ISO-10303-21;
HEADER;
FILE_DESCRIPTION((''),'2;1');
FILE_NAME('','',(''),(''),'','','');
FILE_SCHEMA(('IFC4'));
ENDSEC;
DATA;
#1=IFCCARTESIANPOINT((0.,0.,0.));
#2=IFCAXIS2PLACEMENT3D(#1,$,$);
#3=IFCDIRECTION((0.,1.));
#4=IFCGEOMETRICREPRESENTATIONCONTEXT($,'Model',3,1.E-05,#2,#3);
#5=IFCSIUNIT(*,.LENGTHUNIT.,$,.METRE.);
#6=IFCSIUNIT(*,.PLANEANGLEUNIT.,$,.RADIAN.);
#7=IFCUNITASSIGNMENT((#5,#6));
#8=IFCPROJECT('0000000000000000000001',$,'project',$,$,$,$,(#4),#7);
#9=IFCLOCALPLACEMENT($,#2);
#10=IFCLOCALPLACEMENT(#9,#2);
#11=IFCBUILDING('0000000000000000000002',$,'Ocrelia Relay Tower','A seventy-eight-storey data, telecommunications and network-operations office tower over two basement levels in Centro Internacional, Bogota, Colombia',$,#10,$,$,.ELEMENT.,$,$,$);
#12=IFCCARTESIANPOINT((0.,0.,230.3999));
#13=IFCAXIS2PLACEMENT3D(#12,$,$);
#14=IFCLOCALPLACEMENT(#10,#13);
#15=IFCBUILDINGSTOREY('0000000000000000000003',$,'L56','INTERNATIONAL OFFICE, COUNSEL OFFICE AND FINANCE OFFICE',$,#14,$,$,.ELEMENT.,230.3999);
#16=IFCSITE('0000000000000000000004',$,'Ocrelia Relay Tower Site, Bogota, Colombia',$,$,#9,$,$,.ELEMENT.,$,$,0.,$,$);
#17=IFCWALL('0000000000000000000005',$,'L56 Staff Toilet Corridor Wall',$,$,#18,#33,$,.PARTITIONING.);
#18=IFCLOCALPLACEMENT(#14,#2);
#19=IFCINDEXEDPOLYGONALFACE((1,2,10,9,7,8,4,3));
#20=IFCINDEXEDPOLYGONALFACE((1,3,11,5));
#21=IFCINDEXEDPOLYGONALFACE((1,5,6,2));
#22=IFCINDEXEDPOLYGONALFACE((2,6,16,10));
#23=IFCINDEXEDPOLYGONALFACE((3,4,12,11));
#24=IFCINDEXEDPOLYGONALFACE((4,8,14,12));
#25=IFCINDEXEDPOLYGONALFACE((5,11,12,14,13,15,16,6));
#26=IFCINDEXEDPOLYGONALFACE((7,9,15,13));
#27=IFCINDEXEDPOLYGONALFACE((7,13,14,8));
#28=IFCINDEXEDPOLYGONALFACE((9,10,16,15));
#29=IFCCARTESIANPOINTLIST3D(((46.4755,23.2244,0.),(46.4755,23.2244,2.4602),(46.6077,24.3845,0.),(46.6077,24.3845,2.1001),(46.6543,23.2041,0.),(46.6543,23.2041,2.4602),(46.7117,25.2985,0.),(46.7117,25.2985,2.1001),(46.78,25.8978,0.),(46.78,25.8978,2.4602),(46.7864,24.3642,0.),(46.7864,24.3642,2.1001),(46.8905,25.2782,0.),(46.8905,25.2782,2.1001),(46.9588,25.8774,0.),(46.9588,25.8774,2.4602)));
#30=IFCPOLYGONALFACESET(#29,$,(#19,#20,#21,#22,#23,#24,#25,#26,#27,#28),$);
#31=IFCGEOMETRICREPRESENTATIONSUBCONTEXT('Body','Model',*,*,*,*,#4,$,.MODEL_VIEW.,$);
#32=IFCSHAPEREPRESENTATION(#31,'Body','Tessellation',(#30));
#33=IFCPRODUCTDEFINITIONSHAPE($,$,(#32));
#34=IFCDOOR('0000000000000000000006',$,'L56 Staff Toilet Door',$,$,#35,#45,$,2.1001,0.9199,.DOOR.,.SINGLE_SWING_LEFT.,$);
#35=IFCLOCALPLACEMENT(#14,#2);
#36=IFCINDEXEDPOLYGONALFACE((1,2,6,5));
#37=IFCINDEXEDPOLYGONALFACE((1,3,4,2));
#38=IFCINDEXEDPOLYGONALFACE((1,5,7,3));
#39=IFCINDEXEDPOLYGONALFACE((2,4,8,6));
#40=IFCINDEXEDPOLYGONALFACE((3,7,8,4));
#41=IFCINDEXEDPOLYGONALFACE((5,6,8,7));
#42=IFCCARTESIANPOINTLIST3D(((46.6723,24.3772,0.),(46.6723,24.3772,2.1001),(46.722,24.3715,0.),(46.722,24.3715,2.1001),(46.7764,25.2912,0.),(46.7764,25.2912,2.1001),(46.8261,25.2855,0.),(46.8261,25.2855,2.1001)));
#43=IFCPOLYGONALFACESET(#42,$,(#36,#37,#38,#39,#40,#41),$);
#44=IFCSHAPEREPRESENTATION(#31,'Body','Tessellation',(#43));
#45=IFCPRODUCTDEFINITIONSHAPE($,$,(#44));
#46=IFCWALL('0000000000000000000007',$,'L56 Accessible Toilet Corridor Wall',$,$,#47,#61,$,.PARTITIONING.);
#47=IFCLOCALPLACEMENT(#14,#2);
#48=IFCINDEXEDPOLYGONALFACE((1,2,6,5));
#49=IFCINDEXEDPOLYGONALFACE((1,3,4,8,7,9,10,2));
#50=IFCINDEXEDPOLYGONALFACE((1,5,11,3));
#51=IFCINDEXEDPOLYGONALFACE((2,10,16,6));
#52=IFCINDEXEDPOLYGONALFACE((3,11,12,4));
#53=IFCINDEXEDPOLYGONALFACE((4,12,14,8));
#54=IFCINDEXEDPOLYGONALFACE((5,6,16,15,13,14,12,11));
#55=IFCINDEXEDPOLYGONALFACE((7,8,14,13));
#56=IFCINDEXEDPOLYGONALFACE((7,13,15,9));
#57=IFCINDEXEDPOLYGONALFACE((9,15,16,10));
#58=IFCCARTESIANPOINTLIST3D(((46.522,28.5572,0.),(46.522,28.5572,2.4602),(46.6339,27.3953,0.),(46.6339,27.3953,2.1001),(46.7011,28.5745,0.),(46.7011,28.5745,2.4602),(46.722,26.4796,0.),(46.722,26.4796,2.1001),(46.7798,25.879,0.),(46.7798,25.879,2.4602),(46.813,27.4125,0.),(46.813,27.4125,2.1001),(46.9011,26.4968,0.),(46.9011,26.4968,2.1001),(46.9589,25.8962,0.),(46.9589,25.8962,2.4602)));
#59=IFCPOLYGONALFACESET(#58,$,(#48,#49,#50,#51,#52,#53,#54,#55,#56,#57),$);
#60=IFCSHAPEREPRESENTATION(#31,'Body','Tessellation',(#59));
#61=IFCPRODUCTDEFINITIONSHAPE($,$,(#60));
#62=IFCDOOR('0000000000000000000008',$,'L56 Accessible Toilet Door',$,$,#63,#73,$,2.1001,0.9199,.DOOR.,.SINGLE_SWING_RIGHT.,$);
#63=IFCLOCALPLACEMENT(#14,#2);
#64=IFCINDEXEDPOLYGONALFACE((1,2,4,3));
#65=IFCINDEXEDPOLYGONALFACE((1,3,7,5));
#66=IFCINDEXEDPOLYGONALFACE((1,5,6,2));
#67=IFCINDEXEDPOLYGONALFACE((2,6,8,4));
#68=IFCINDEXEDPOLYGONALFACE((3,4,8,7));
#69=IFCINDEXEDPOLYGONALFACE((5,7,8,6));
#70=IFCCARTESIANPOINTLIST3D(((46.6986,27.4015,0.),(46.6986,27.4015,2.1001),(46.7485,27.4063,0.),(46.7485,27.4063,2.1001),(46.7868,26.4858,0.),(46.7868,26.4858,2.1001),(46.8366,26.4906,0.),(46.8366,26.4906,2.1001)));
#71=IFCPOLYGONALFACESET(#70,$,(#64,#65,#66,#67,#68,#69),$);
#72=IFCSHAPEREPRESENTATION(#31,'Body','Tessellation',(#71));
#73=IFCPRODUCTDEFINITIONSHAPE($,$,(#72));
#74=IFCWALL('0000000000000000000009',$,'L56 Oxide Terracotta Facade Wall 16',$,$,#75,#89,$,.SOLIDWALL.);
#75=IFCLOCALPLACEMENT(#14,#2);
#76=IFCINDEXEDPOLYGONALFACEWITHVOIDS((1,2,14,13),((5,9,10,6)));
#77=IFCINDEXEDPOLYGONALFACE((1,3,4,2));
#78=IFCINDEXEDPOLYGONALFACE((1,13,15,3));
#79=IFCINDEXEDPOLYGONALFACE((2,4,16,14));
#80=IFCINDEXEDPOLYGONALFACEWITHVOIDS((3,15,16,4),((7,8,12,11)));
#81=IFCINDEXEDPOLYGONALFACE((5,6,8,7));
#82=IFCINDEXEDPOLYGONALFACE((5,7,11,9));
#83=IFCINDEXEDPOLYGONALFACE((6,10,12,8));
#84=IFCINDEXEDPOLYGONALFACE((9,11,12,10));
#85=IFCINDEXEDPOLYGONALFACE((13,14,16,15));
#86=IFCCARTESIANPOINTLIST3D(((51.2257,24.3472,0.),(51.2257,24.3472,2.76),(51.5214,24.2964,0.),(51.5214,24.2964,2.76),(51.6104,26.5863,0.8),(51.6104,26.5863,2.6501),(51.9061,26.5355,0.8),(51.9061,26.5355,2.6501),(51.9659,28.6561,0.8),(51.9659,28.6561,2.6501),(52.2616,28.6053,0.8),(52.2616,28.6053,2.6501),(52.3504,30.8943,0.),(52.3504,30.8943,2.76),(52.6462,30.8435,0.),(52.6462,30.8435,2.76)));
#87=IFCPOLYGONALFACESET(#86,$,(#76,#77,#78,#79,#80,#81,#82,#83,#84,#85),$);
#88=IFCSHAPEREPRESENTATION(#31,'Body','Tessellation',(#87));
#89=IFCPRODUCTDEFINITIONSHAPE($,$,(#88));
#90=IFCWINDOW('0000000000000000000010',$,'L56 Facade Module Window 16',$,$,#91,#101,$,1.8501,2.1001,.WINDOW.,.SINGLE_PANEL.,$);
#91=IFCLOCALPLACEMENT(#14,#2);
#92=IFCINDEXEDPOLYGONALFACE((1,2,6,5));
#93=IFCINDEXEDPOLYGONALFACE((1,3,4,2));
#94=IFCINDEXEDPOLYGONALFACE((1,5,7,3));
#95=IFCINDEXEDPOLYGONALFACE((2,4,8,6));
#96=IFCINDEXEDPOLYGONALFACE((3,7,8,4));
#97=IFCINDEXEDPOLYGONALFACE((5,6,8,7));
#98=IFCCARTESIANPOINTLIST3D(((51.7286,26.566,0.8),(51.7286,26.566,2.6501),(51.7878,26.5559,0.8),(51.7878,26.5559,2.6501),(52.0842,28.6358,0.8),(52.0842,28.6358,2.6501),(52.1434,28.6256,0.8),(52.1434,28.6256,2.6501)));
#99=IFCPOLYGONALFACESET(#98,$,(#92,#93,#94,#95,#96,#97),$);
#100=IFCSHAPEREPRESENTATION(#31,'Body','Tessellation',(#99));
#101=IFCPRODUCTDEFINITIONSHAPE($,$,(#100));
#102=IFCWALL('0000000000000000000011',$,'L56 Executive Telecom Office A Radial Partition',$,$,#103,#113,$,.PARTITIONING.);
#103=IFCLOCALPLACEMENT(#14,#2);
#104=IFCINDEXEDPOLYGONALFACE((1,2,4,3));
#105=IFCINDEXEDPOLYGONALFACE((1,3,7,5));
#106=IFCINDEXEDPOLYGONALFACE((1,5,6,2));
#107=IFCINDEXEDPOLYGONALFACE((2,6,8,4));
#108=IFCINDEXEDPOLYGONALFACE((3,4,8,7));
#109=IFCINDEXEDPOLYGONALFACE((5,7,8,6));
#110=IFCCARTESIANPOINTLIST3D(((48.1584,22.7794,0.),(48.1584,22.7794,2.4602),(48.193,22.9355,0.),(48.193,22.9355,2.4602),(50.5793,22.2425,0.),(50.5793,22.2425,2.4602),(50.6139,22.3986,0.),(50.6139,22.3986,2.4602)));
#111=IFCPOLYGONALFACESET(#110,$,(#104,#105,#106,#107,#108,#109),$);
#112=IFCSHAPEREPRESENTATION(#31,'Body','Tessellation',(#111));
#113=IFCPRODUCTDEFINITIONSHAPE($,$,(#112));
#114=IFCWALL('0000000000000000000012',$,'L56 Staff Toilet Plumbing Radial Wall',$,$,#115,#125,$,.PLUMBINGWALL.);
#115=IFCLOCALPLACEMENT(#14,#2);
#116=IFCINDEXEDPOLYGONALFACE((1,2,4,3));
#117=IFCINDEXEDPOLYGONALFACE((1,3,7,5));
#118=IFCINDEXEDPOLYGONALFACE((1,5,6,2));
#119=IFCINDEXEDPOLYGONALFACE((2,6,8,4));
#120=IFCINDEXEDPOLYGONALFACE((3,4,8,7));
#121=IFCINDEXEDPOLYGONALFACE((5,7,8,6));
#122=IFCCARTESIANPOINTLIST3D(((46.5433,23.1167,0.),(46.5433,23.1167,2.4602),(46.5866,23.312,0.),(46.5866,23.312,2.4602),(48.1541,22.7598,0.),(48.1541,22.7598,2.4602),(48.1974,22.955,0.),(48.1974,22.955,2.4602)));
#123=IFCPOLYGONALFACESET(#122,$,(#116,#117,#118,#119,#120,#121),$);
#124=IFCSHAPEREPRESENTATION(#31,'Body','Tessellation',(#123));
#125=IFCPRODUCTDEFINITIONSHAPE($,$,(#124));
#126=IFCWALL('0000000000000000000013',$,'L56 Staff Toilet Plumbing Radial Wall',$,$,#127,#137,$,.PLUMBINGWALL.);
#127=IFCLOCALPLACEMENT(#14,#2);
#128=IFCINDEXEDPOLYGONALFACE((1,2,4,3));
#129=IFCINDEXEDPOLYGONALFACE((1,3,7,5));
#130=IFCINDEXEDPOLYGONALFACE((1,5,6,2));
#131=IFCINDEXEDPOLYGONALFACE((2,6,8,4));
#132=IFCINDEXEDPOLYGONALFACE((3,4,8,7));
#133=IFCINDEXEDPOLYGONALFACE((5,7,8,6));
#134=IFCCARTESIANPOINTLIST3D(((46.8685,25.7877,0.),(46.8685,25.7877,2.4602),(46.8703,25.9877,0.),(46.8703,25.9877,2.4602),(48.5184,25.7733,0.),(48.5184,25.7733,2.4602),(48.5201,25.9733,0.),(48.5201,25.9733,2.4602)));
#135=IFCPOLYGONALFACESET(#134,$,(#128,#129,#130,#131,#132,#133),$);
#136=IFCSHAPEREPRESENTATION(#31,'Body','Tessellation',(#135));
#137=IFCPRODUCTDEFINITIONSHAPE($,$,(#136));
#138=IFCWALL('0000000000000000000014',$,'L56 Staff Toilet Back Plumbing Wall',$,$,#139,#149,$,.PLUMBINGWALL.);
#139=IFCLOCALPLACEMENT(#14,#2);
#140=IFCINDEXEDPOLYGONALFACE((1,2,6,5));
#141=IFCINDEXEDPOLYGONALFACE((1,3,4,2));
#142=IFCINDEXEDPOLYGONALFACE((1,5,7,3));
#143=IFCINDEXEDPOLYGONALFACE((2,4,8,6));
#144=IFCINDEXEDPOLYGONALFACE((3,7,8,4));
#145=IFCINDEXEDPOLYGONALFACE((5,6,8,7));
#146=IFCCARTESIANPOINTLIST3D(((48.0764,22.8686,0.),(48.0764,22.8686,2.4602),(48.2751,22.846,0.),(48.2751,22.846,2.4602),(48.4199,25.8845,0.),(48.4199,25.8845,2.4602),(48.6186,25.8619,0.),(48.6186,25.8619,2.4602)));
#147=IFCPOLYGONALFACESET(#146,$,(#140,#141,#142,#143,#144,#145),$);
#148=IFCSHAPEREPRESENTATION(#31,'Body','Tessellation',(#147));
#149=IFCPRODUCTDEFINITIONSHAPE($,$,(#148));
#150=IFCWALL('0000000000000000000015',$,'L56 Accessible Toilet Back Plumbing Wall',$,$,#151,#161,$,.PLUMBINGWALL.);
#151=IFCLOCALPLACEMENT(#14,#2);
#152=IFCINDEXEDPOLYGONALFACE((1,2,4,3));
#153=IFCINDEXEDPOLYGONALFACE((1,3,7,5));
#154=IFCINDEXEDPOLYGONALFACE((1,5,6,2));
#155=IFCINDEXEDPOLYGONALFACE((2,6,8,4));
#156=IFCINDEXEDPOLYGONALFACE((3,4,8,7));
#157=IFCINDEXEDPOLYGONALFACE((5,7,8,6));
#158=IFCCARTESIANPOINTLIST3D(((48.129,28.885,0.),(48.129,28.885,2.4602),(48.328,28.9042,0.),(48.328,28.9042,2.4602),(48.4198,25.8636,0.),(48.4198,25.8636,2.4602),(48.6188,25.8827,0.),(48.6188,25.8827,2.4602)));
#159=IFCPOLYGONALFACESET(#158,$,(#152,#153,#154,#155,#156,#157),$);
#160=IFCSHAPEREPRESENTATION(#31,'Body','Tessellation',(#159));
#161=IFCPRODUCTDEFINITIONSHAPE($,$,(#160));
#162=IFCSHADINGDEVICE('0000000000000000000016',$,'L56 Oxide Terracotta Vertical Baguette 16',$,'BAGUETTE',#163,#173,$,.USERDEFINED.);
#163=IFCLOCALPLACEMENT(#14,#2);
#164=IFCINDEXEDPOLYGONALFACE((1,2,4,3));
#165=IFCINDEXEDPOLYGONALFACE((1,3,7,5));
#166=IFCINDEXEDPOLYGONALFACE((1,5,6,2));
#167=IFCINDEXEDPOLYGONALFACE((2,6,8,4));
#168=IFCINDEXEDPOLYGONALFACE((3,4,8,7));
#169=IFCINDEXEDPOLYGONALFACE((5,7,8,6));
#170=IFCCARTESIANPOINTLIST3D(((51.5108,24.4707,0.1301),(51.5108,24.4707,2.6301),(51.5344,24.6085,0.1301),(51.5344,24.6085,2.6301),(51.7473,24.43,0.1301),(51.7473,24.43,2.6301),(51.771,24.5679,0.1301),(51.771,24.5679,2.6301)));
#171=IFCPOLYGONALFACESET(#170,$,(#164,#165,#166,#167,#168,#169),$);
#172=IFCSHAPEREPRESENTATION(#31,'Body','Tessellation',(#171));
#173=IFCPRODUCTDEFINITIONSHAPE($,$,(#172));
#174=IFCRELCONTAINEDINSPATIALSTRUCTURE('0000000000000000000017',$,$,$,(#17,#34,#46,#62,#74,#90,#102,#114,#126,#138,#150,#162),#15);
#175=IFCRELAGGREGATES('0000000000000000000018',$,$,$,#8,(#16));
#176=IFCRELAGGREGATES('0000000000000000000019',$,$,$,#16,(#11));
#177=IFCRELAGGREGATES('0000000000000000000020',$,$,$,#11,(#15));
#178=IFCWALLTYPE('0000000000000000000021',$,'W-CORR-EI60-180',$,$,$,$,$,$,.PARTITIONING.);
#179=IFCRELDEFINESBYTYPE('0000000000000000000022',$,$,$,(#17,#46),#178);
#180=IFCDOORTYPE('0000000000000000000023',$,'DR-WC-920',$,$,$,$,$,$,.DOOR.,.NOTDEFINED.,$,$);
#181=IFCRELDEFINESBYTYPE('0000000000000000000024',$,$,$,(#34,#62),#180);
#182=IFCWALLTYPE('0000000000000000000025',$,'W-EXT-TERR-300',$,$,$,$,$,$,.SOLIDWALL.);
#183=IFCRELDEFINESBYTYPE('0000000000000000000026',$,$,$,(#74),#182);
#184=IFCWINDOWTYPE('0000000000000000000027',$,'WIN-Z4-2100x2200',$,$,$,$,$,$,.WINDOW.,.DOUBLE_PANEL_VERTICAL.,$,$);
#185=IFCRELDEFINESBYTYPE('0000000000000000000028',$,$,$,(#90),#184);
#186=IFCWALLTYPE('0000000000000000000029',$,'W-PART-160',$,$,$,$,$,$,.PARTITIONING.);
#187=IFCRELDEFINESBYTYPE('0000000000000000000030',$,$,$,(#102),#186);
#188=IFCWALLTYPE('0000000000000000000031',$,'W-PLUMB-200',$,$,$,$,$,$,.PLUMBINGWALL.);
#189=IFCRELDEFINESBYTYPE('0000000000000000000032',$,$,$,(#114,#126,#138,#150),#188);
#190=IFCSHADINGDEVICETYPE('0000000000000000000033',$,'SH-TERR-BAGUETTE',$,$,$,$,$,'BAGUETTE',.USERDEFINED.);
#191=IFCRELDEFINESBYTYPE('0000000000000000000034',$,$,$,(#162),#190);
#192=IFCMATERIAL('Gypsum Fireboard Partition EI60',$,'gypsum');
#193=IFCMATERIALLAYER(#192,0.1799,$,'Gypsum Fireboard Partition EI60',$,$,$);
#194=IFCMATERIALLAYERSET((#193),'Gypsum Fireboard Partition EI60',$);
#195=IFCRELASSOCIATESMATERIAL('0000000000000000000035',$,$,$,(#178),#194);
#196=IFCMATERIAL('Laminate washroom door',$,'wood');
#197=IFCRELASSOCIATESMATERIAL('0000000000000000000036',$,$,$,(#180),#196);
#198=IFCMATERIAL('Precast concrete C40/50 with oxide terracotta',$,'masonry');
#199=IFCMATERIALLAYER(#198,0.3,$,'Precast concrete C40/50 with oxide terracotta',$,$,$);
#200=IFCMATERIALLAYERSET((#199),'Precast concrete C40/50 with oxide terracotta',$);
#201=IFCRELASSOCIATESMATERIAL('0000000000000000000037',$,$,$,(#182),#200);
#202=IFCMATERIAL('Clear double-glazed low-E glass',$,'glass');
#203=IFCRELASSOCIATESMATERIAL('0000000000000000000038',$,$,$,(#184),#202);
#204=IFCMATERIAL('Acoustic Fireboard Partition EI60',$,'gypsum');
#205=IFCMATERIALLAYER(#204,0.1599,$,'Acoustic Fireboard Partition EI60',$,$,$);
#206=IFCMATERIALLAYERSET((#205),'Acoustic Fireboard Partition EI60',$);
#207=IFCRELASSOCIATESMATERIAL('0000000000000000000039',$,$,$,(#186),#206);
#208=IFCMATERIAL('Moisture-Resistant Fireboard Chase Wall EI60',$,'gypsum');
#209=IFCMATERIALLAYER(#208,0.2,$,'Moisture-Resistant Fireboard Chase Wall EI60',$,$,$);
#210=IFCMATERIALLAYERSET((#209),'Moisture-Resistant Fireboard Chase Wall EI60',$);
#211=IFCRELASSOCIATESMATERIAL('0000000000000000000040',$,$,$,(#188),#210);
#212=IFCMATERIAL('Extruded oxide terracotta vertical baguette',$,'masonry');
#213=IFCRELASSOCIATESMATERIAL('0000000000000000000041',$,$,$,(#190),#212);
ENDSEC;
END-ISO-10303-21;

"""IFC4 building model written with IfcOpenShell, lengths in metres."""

from ifc_helpers import new_model, si_unit, direction, frame, frame_2d, origin, origin_2d, place, context, subcontext, project, spatial, rectangle, extrude, material, layer, layer_set, type_object, element, fill, save


model = new_model("IFC4")

# Units and contexts
model_context = context("Model", 3, precision=1e-05, world=origin(), true_north=direction((0.0, 1.0)))
body_context = subcontext(model_context, "Body", "Model", "MODEL_VIEW")
ifc_project = project(units=[si_unit("LENGTHUNIT", "METRE"), si_unit("PLANEANGLEUNIT", "RADIAN")], contexts=[model_context])

# Site, building, storey
site_placement = place(None, origin())
site = spatial("IfcSite", under=ifc_project, at=site_placement, Name="Ocrelia Relay Tower Site, Bogota, Colombia", CompositionType="ELEMENT", RefElevation=0.0)
building_placement = place(site_placement, origin())
building = spatial("IfcBuilding", under=site, at=building_placement, Name="Ocrelia Relay Tower", Description="A seventy-eight-storey data, telecommunications and network-operations office tower over two basement levels in Centro Internacional, Bogota, Colombia", CompositionType="ELEMENT")
storey_placement = place(building_placement, frame((0.0, 0.0, 230.3999)))
storey = spatial("IfcBuildingStorey", under=building, at=storey_placement, Name="L56", Description="INTERNATIONAL OFFICE, COUNSEL OFFICE AND FINANCE OFFICE", CompositionType="ELEMENT", Elevation=230.3999)

# Walls, openings, doors
ifc_material_1 = material(Name="Gypsum Fireboard Partition EI60", Category="gypsum")
ifc_layer_1 = layer(ifc_material_1, 0.1799, Name="Gypsum Fireboard Partition EI60")
ifc_layer_set_1 = layer_set([ifc_layer_1], Name="Gypsum Fireboard Partition EI60")
wall_type_1 = type_object("IfcWallType", Name="W-CORR-EI60-180", PredefinedType="PARTITIONING", material=ifc_layer_set_1)
wall_1_placement = place(storey_placement, frame((46.5649, 23.2144, 0.0), z_axis=(0.0, 0.0, 1.0), x_axis=(0.11315, 0.993578, 0.0)))
wall_1 = element("IfcWall", 1, at=wall_1_placement, inside=storey, type_object=wall_type_1, Name="L56 Staff Toilet Corridor Wall", PredefinedType="PARTITIONING", context=body_context, shape_type="SweptSolid", body=[
    extrude(rectangle(XDim=2.6907, YDim=0.1799, at=frame_2d((1.3452, 0.0))), origin(), (0.0, 0.0, 1.0), 2.4602),
])
opening_1_placement = place(wall_1_placement, frame((1.1675, 0.0, 0.0)))
opening_1 = element("IfcOpeningElement", 2, at=opening_1_placement, cuts=wall_1, PredefinedType="OPENING", context=body_context, shape_type="SweptSolid", body=[
    extrude(rectangle(XDim=0.9199, YDim=2.1001, at=frame_2d((0.46, 1.05))), frame((0.0, 0.1001, 0.0), z_axis=(0.0, -1.0, 0.0), x_axis=(1.0, 0.0, 0.0)), (0.0, 0.0, 1.0), 0.2),
])
ifc_material_2 = material(Name="Laminate washroom door", Category="wood")
door_type = type_object("IfcDoorType", Name="DR-WC-920", OperationType="NOTDEFINED", PredefinedType="DOOR", material=ifc_material_2)
door_1_placement = place(opening_1_placement, origin())
door_1 = element("IfcDoor", 3, at=door_1_placement, inside=storey, type_object=door_type, Name="L56 Staff Toilet Door", OperationType="SINGLE_SWING_LEFT", OverallHeight=2.1001, OverallWidth=0.9199, PredefinedType="DOOR", context=body_context, shape_type="SweptSolid", body=[
    extrude(rectangle(XDim=0.9199, YDim=2.1001, at=frame_2d((0.46, 1.05))), frame((0.0, 0.0249, 0.0), z_axis=(0.0, -1.0, 0.0), x_axis=(1.0, 0.0, 0.0)), (0.0, 0.0, 1.0), 0.05),
])
fill(opening_1, door_1)
wall_2_placement = place(storey_placement, frame((46.8694, 25.8877, 0.0), z_axis=(0.0, 0.0, 1.0), x_axis=(-0.09582, 0.995399, 0.0)))
wall_2 = element("IfcWall", 4, at=wall_2_placement, inside=storey, type_object=wall_type_1, Name="L56 Accessible Toilet Corridor Wall", PredefinedType="PARTITIONING", context=body_context, shape_type="SweptSolid", body=[
    extrude(rectangle(XDim=2.6907, YDim=0.1799, at=frame_2d((1.3452, 0.0))), origin(), (0.0, 0.0, 1.0), 2.4602),
])
opening_2_placement = place(wall_2_placement, frame((0.6033, 0.0, 0.0)))
opening_2 = element("IfcOpeningElement", 5, at=opening_2_placement, cuts=wall_2, PredefinedType="OPENING", context=body_context, shape_type="SweptSolid", body=[
    extrude(rectangle(XDim=0.9199, YDim=2.1001, at=frame_2d((0.46, 1.05))), frame((0.0, 0.1001, 0.0), z_axis=(0.0, -1.0, 0.0), x_axis=(1.0, 0.0, 0.0)), (0.0, 0.0, 1.0), 0.2),
])
door_2_placement = place(opening_2_placement, origin())
door_2 = element("IfcDoor", 6, at=door_2_placement, inside=storey, type_object=door_type, Name="L56 Accessible Toilet Door", OperationType="SINGLE_SWING_RIGHT", OverallHeight=2.1001, OverallWidth=0.9199, PredefinedType="DOOR", context=body_context, shape_type="SweptSolid", body=[
    extrude(rectangle(XDim=0.9199, YDim=2.1001, at=frame_2d((0.46, 1.05))), frame((0.0, 0.0249, 0.0), z_axis=(0.0, -1.0, 0.0), x_axis=(1.0, 0.0, 0.0)), (0.0, 0.0, 1.0), 0.05),
])
fill(opening_2, door_2)

# Wall, opening, window
ifc_material_3 = material(Name="Precast concrete C40/50 with oxide terracotta", Category="masonry")
ifc_layer_2 = layer(ifc_material_3, 0.3, Name="Precast concrete C40/50 with oxide terracotta")
ifc_layer_set_2 = layer_set([ifc_layer_2], Name="Precast concrete C40/50 with oxide terracotta")
wall_type_2 = type_object("IfcWallType", Name="W-EXT-TERR-300", PredefinedType="SOLIDWALL", material=ifc_layer_set_2)
wall_3_placement = place(storey_placement, frame((51.3735, 24.3218, 0.0), z_axis=(0.0, 0.0, 1.0), x_axis=(0.169314, 0.985562, 0.0)))
wall_3 = element("IfcWall", 7, at=wall_3_placement, inside=storey, type_object=wall_type_2, Name="L56 Oxide Terracotta Facade Wall 16", PredefinedType="SOLIDWALL", context=body_context, shape_type="SweptSolid", body=[
    extrude(rectangle(XDim=6.6431, YDim=0.3, at=frame_2d((3.3215, 0.0))), origin(), (0.0, 0.0, 1.0), 2.76),
])
opening_3_placement = place(wall_3_placement, frame((2.272, 0.0, 0.8)))
opening_3 = element("IfcOpeningElement", 8, at=opening_3_placement, cuts=wall_3, PredefinedType="OPENING", context=body_context, shape_type="SweptSolid", body=[
    extrude(rectangle(XDim=2.1001, YDim=1.8501, at=frame_2d((1.05, 0.925))), frame((0.0, 0.1602, 0.0), z_axis=(0.0, -1.0, 0.0), x_axis=(1.0, 0.0, 0.0)), (0.0, 0.0, 1.0), 0.3201),
])
ifc_material_4 = material(Name="Clear double-glazed low-E glass", Category="glass")
window_type = type_object("IfcWindowType", Name="WIN-Z4-2100x2200", PartitioningType="DOUBLE_PANEL_VERTICAL", PredefinedType="WINDOW", material=ifc_material_4)
window_placement = place(opening_3_placement, origin())
window = element("IfcWindow", 9, at=window_placement, inside=storey, type_object=window_type, Name="L56 Facade Module Window 16", OverallHeight=1.8501, OverallWidth=2.1001, PartitioningType="SINGLE_PANEL", PredefinedType="WINDOW", context=body_context, shape_type="SweptSolid", body=[
    extrude(rectangle(XDim=2.1001, YDim=1.8501, at=frame_2d((1.05, 0.925))), frame((0.0, 0.03, 0.0), z_axis=(0.0, -1.0, 0.0), x_axis=(1.0, 0.0, 0.0)), (0.0, 0.0, 1.0), 0.0601),
])
fill(opening_3, window)

# Walls
ifc_material_5 = material(Name="Acoustic Fireboard Partition EI60", Category="gypsum")
ifc_layer_3 = layer(ifc_material_5, 0.1599, Name="Acoustic Fireboard Partition EI60")
ifc_layer_set_3 = layer_set([ifc_layer_3], Name="Acoustic Fireboard Partition EI60")
wall_type_3 = type_object("IfcWallType", Name="W-PART-160", PredefinedType="PARTITIONING", material=ifc_layer_set_3)
wall_4_placement = place(storey_placement, frame((48.1758, 22.8574, 0.0), z_axis=(0.0, 0.0, 1.0), x_axis=(0.976282, -0.216503, 0.0)))
element("IfcWall", 10, at=wall_4_placement, inside=storey, type_object=wall_type_3, Name="L56 Executive Telecom Office A Radial Partition", PredefinedType="PARTITIONING", context=body_context, shape_type="SweptSolid", body=[
    extrude(rectangle(XDim=2.4797, YDim=0.1599, at=frame_2d((1.2397, 0.0))), origin(), (0.0, 0.0, 1.0), 2.4602),
])
ifc_material_6 = material(Name="Moisture-Resistant Fireboard Chase Wall EI60", Category="gypsum")
ifc_layer_4 = layer(ifc_material_6, 0.2, Name="Moisture-Resistant Fireboard Chase Wall EI60")
ifc_layer_set_4 = layer_set([ifc_layer_4], Name="Moisture-Resistant Fireboard Chase Wall EI60")
wall_type_4 = type_object("IfcWallType", Name="W-PLUMB-200", PredefinedType="PLUMBINGWALL", material=ifc_layer_set_4)
for number, where, z_axis, x_axis, name in (
    (11, (46.5649, 23.2144, 0.0), (0.0, 0.0, 1.0), (0.976319, -0.216335, 0.0), "L56 Staff Toilet Plumbing Radial Wall"),
    (12, (46.8694, 25.8877, 0.0), (0.0, 0.0, 1.0), (0.999962, -0.00873, 0.0), "L56 Staff Toilet Plumbing Radial Wall"),
):
    element("IfcWall", number, at=place(storey_placement, frame(where, z_axis=z_axis, x_axis=x_axis)), inside=storey, type_object=wall_type_4, Name=name, PredefinedType="PLUMBINGWALL", context=body_context, shape_type="SweptSolid", body=[
        extrude(rectangle(XDim=1.6499, YDim=0.2, at=frame_2d((0.825, 0.0))), origin(), (0.0, 0.0, 1.0), 2.4602),
    ])
for number, where, z_axis, x_axis, name in (
    (13, (48.1758, 22.8574, 0.0), (0.0, 0.0, 1.0), (0.113168, 0.993576, 0.0), "L56 Staff Toilet Back Plumbing Wall"),
    (14, (48.5193, 25.8733, 0.0), (0.0, 0.0, 1.0), (-0.095792, 0.995401, 0.0), "L56 Accessible Toilet Back Plumbing Wall"),
):
    element("IfcWall", number, at=place(storey_placement, frame(where, z_axis=z_axis, x_axis=x_axis)), inside=storey, type_object=wall_type_4, Name=name, PredefinedType="PLUMBINGWALL", context=body_context, shape_type="SweptSolid", body=[
        extrude(rectangle(XDim=3.0354, YDim=0.2, at=frame_2d((1.5176, 0.0))), origin(), (0.0, 0.0, 1.0), 2.4602),
    ])

# Shading device
ifc_material_7 = material(Name="Extruded oxide terracotta vertical baguette", Category="masonry")
shading_device_type_1 = type_object("IfcShadingDeviceType", Name="SH-TERR-BAGUETTE", ElementType="BAGUETTE", PredefinedType="USERDEFINED", material=ifc_material_7)
shading_device_1_placement = place(storey_placement, frame((51.6409, 24.5193, 0.1301), z_axis=(0.0, 0.0, 1.0), x_axis=(0.169289, 0.985566, 0.0)))
element("IfcShadingDevice", 15, at=shading_device_1_placement, inside=storey, type_object=shading_device_type_1, Name="L56 Oxide Terracotta Vertical Baguette 16", ObjectType="BAGUETTE", PredefinedType="USERDEFINED", context=body_context, shape_type="SweptSolid", body=[
    extrude(rectangle(XDim=0.1399, YDim=0.24, at=origin_2d()), origin(), (0.0, 0.0, 1.0), 2.5),
])

save(model, "model.ifc")
